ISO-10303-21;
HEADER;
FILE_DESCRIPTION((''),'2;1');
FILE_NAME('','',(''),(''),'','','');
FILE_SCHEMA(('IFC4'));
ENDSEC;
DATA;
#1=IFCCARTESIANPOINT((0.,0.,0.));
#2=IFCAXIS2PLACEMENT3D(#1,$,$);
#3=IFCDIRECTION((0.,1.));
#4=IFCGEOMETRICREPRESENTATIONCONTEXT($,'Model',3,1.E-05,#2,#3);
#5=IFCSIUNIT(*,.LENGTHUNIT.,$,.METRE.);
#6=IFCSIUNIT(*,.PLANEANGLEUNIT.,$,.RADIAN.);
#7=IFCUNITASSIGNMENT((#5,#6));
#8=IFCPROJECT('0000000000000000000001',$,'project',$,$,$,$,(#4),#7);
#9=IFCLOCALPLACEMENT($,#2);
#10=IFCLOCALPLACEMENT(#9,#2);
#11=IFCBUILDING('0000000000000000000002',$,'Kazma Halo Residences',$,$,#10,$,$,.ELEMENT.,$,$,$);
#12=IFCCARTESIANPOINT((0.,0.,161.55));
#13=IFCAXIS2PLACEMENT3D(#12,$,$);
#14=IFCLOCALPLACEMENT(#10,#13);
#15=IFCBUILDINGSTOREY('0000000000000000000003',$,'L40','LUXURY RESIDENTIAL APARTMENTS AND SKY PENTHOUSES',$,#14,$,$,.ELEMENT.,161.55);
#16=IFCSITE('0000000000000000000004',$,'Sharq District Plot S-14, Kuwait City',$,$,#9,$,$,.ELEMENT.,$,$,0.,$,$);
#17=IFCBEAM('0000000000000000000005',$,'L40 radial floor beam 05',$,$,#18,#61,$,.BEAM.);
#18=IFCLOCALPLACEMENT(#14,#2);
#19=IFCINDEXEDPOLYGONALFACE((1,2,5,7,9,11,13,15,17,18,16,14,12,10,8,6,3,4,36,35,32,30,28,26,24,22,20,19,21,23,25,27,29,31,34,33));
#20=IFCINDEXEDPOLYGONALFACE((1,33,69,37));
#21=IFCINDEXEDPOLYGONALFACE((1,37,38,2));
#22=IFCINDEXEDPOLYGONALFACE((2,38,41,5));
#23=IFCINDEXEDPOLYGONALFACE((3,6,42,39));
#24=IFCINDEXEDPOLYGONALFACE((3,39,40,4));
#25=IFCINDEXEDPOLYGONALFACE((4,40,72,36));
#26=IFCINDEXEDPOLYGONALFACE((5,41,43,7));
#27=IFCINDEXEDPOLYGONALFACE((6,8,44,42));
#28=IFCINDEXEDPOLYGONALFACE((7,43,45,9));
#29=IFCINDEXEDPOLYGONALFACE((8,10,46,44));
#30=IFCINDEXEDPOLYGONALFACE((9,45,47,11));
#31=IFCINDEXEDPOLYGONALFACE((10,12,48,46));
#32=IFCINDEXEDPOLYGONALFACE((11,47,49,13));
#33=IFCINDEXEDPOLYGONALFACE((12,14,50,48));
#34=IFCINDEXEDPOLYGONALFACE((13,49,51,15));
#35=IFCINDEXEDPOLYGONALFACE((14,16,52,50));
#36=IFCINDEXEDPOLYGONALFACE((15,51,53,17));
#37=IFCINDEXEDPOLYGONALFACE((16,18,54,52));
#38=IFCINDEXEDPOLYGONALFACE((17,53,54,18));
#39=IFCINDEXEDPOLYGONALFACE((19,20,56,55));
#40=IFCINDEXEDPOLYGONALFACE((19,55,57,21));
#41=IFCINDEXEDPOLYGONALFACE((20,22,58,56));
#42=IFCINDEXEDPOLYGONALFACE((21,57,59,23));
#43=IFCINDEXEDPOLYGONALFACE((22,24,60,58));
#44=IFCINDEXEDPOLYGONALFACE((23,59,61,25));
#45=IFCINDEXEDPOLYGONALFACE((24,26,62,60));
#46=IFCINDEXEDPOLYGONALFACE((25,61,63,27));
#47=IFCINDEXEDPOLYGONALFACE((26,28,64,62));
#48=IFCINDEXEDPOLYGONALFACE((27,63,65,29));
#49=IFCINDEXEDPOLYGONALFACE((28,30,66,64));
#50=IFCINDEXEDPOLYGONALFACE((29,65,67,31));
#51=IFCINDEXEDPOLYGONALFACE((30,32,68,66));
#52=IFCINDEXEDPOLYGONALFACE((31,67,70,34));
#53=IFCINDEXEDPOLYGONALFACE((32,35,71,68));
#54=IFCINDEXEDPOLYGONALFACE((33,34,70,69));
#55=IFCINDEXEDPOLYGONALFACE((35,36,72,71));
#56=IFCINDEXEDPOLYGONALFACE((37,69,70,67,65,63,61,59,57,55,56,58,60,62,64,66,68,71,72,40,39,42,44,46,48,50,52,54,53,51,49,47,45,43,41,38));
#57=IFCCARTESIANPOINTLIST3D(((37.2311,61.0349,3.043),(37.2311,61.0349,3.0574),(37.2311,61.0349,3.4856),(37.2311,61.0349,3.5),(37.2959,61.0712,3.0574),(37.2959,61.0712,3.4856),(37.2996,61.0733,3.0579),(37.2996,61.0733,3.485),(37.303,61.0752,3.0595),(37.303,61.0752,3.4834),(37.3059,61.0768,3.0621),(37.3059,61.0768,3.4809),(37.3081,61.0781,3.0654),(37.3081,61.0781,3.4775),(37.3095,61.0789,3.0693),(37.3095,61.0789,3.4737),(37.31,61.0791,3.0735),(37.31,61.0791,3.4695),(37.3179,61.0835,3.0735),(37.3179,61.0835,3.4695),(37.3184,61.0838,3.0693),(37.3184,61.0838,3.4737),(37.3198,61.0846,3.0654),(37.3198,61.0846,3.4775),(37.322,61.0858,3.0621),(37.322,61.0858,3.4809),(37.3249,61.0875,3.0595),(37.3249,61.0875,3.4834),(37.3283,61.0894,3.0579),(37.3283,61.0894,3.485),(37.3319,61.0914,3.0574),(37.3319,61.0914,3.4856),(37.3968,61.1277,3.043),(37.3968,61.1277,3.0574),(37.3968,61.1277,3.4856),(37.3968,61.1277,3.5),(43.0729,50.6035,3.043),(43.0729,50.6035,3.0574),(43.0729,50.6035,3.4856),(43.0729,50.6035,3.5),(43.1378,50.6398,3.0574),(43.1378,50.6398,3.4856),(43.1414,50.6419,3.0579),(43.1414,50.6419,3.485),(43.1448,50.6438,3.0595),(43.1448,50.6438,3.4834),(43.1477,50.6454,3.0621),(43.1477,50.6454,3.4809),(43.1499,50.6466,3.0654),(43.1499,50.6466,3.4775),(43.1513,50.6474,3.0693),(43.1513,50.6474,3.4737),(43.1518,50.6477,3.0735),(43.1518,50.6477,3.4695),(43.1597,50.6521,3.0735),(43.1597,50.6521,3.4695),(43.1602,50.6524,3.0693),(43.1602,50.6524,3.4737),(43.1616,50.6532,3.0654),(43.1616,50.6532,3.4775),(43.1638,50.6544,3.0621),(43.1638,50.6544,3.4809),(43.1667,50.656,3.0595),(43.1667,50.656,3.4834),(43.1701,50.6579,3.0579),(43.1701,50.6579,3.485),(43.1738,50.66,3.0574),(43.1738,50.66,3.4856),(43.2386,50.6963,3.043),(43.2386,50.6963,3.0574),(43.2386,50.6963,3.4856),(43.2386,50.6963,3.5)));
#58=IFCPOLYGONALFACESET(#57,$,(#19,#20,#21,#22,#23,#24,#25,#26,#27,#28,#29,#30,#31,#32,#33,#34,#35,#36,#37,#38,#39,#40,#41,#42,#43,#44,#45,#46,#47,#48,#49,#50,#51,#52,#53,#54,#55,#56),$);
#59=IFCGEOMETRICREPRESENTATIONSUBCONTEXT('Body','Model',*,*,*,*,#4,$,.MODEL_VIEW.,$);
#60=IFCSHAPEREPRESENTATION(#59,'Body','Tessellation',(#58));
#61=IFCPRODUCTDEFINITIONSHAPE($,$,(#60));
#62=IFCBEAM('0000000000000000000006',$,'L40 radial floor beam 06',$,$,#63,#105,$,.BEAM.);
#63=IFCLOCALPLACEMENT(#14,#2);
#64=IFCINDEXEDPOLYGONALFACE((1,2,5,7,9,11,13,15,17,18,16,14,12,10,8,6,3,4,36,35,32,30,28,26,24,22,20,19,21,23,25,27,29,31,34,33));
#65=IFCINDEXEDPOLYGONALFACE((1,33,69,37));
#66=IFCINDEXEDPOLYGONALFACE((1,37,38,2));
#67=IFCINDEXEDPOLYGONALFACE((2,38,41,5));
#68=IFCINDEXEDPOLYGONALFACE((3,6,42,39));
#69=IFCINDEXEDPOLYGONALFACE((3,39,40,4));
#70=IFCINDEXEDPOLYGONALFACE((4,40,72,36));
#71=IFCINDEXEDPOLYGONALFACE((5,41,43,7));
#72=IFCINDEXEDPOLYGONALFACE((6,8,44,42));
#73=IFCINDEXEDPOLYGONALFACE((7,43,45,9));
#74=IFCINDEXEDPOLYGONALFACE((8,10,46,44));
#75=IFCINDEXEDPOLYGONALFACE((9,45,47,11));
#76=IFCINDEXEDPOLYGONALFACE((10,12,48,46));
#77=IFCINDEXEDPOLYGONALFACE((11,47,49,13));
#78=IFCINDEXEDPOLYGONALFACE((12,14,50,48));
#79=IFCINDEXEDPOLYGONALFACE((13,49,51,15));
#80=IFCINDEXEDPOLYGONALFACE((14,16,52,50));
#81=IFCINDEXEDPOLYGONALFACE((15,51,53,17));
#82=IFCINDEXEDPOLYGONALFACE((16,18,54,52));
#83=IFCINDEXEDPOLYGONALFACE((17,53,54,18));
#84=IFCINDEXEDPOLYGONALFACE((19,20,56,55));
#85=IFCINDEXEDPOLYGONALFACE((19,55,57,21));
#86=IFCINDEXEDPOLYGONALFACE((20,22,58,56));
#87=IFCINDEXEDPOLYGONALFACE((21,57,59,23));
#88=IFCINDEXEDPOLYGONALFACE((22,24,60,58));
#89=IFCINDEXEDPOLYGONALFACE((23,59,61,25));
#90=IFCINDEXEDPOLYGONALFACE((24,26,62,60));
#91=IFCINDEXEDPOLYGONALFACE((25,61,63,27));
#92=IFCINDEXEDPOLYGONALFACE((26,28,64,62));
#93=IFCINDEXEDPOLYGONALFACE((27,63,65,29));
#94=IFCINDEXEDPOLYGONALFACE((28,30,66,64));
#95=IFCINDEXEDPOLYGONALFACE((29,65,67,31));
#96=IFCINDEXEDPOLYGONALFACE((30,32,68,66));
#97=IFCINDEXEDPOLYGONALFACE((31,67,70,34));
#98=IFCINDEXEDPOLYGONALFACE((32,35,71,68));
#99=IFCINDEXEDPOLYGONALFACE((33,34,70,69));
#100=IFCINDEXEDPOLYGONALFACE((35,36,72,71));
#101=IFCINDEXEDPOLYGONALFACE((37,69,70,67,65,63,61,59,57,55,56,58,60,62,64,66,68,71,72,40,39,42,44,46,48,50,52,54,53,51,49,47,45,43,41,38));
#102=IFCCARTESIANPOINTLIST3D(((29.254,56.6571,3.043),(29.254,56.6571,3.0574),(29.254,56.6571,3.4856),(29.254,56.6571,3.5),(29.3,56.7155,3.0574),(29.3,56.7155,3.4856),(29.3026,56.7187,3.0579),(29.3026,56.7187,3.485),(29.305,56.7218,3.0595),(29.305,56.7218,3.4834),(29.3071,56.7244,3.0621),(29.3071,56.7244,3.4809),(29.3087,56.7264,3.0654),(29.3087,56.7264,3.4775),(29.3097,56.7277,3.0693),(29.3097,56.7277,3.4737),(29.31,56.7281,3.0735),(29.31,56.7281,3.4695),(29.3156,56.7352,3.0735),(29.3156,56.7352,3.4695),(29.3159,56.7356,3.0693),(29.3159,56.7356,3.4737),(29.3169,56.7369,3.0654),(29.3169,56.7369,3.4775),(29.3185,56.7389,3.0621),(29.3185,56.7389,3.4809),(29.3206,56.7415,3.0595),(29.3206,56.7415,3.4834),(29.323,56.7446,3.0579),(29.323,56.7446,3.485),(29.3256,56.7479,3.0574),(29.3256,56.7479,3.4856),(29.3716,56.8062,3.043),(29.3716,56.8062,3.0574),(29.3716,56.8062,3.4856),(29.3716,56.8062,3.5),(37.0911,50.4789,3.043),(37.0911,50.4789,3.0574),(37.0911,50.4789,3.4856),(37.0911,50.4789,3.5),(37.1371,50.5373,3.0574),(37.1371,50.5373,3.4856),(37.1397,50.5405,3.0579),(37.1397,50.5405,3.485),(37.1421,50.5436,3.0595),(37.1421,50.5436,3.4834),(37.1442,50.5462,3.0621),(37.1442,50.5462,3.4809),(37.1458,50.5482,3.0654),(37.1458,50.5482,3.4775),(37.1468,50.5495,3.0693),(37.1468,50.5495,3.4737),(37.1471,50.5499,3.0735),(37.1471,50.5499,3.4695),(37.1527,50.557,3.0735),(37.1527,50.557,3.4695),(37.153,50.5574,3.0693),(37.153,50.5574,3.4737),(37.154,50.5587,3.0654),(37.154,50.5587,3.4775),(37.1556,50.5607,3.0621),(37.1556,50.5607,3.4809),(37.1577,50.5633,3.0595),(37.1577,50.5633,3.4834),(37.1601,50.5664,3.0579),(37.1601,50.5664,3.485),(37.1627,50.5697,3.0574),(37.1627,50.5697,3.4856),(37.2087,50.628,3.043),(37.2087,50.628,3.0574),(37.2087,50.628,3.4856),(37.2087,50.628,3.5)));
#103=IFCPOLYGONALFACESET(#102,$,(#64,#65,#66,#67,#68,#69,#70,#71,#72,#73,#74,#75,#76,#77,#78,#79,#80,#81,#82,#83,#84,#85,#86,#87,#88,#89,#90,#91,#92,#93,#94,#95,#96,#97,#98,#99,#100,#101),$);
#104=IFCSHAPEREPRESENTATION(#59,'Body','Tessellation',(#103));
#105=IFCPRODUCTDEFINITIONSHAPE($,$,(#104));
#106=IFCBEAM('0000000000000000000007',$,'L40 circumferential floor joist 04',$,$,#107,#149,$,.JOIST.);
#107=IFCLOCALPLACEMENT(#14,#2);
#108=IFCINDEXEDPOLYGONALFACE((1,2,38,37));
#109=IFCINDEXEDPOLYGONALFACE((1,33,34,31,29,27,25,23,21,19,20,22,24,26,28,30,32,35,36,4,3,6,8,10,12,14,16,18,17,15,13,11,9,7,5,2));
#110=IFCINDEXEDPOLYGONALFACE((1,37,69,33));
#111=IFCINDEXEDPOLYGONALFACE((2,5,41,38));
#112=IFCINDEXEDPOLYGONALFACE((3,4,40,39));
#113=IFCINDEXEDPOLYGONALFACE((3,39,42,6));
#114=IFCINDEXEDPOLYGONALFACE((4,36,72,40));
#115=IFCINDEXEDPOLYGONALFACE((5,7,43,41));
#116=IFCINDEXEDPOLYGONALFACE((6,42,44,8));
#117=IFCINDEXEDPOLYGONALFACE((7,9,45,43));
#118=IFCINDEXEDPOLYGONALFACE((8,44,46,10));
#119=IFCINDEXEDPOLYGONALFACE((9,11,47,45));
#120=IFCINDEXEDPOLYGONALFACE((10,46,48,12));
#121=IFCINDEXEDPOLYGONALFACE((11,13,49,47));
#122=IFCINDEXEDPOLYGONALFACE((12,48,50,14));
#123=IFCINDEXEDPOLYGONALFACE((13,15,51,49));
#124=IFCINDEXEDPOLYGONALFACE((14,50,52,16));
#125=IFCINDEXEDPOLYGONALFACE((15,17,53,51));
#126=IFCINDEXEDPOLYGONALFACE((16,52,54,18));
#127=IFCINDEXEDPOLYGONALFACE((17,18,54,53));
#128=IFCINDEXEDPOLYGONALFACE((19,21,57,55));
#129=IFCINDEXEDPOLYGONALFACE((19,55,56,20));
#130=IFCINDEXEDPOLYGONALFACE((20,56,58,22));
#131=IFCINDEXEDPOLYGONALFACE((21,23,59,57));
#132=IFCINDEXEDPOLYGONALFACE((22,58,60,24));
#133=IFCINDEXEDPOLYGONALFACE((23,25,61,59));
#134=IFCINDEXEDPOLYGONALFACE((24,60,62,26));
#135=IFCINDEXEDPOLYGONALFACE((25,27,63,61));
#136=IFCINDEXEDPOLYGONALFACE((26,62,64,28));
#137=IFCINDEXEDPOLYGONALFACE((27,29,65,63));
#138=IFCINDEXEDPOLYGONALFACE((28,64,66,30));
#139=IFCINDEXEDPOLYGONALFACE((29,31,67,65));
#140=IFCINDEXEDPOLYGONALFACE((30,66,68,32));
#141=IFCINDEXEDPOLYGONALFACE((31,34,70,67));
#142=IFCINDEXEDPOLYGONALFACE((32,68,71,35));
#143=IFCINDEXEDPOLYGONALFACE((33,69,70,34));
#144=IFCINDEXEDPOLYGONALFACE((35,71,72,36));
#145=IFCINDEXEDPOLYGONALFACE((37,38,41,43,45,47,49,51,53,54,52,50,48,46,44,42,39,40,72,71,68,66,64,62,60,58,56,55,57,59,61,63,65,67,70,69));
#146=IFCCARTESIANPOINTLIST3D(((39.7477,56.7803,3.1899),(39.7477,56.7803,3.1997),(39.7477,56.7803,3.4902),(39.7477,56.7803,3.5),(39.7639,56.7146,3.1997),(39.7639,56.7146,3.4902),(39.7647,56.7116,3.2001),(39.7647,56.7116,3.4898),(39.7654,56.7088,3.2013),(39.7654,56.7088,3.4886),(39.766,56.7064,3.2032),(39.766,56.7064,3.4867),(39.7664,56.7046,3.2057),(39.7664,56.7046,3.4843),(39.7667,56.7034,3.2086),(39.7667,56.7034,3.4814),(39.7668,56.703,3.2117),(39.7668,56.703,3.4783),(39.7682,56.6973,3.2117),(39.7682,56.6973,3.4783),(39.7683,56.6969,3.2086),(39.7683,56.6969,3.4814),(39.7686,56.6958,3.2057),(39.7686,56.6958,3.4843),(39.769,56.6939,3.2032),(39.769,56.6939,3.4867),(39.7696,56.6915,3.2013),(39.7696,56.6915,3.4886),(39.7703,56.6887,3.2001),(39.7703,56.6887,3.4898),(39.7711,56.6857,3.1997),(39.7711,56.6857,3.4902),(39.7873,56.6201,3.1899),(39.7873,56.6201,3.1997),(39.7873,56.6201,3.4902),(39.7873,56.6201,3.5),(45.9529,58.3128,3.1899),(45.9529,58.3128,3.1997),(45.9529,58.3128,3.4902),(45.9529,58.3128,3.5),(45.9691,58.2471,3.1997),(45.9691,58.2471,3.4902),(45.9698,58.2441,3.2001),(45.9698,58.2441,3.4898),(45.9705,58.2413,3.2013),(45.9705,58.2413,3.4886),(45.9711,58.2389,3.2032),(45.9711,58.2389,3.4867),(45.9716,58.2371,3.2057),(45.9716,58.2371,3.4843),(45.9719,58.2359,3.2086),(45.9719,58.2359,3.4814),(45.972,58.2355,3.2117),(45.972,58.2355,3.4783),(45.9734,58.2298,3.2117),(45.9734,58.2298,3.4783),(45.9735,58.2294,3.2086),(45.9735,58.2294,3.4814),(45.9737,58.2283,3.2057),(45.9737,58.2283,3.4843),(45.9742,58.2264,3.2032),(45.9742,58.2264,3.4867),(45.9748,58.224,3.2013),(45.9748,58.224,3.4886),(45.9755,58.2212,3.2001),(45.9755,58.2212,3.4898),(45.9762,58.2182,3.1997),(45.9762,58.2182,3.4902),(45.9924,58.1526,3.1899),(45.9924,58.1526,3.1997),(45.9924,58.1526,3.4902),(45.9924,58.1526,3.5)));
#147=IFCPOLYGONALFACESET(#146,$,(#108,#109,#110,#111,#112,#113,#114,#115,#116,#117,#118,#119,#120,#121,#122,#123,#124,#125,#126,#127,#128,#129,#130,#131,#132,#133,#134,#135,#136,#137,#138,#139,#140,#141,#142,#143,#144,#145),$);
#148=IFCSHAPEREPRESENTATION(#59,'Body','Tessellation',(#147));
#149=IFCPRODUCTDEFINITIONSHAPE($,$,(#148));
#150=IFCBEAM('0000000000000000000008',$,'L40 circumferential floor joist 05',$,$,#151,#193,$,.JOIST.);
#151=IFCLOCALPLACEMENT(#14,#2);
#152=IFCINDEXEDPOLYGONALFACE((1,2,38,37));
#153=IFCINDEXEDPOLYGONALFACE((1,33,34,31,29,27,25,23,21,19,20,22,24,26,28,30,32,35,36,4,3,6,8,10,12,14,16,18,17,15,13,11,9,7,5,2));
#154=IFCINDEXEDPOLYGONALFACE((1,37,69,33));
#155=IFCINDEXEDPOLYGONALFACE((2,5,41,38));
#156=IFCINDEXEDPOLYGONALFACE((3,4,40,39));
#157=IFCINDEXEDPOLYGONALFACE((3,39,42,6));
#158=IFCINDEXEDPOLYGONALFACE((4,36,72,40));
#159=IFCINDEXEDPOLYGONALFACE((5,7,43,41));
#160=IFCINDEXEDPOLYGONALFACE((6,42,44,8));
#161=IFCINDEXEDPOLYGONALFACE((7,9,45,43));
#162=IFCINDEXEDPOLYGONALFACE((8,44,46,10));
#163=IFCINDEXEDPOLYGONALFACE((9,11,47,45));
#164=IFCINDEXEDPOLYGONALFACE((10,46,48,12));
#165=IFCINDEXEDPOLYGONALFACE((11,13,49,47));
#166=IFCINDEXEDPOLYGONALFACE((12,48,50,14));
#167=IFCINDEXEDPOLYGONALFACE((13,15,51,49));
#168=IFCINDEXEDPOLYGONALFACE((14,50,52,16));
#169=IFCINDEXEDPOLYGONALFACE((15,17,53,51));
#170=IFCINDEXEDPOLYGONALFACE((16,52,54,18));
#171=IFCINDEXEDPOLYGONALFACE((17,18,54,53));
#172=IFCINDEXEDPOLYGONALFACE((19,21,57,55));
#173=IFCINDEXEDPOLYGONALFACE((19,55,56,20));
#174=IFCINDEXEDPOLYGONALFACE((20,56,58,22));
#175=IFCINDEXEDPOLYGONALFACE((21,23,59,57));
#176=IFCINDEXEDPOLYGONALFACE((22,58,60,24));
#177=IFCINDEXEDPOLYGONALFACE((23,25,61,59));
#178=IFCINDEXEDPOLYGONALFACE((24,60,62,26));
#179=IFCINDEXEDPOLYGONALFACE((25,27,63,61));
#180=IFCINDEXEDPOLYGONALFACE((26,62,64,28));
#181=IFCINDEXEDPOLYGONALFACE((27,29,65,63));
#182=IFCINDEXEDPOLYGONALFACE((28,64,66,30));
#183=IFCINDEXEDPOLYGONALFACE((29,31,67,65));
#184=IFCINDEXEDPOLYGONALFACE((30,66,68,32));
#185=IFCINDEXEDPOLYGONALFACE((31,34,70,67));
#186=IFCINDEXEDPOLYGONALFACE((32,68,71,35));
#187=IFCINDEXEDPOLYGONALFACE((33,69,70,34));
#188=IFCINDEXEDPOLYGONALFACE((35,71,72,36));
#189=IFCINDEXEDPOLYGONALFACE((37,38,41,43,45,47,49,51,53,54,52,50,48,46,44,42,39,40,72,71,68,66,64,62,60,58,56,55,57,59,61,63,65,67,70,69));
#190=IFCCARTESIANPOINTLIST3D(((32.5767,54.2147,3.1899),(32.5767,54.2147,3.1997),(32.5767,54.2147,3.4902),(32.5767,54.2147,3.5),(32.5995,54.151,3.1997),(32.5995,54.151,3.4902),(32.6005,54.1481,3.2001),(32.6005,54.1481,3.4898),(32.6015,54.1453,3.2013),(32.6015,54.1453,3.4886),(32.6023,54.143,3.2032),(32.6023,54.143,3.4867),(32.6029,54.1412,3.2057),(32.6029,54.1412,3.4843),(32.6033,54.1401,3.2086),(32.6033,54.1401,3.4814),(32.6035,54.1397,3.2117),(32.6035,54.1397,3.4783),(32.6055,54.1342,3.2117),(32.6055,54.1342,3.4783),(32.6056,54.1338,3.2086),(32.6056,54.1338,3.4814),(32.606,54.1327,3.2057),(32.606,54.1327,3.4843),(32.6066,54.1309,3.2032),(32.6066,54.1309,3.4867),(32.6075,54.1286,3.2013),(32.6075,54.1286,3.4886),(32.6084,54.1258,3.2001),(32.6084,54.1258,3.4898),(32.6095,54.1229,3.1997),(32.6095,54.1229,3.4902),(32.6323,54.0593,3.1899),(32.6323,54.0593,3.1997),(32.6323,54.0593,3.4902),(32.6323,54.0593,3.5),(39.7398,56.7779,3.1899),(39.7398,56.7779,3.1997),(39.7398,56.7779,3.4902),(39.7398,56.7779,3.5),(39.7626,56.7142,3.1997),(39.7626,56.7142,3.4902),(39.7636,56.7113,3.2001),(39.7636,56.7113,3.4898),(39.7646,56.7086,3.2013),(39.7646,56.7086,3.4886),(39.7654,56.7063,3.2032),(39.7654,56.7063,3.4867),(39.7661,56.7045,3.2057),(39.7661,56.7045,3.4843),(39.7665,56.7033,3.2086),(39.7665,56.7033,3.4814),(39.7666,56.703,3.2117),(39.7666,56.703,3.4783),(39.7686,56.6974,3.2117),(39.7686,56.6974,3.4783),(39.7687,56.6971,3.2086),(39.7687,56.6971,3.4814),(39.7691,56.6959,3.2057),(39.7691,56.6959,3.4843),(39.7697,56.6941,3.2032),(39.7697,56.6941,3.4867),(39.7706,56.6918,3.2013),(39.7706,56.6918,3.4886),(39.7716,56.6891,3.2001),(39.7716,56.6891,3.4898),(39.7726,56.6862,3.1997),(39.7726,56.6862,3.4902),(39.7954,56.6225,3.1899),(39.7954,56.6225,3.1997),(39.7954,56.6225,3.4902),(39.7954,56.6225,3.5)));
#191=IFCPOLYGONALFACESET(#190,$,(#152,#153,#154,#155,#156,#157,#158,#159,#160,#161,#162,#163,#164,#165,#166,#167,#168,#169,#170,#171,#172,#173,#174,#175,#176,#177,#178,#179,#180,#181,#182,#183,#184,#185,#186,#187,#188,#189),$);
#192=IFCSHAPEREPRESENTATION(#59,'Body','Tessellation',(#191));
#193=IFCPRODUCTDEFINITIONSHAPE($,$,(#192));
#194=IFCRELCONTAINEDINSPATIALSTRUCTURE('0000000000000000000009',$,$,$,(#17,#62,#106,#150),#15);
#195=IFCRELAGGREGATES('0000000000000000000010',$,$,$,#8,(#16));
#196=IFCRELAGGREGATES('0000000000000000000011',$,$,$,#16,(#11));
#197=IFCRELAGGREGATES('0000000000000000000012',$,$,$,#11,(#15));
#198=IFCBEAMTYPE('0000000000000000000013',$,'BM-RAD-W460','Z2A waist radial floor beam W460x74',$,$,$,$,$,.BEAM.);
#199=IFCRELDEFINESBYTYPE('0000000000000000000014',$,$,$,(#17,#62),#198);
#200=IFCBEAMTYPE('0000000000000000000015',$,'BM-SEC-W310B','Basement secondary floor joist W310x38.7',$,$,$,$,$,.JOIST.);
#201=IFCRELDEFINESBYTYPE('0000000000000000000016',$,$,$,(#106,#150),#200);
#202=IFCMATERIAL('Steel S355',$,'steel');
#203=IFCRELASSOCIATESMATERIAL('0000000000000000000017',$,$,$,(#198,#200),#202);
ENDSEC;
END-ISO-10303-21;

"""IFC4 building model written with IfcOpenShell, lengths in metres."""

from ifc_helpers import new_model, si_unit, direction, frame, origin, origin_2d, place, context, subcontext, project, spatial, i_section, extrude, material, material_profile, profile_set, type_object, element, save


model = new_model("IFC4")

# Units and contexts
model_context = context("Model", 3, precision=1e-05, world=origin(), true_north=direction((0.0, 1.0)))
body_context = subcontext(model_context, "Body", "Model", "MODEL_VIEW")
ifc_project = project(units=[si_unit("LENGTHUNIT", "METRE"), si_unit("PLANEANGLEUNIT", "RADIAN")], contexts=[model_context])

# Site, building, storey
site_placement = place(None, origin())
site = spatial("IfcSite", under=ifc_project, at=site_placement, Name="Sharq District Plot S-14, Kuwait City", CompositionType="ELEMENT", RefElevation=0.0)
building_placement = place(site_placement, origin())
building = spatial("IfcBuilding", under=site, at=building_placement, Name="Kazma Halo Residences", CompositionType="ELEMENT")
storey_placement = place(building_placement, frame((0.0, 0.0, 161.55)))
storey = spatial("IfcBuildingStorey", under=building, at=storey_placement, Name="L40", Description="LUXURY RESIDENTIAL APARTMENTS AND SKY PENTHOUSES", CompositionType="ELEMENT", Elevation=161.55)

# Beams
ifc_material_1 = material(Name="Steel S355", Category="steel")
ifc_material_profile_1 = material_profile(ifc_material_1, i_section(OverallWidth=0.1899, OverallDepth=0.457, WebThickness=0.009, FlangeThickness=0.0144, FilletRadius=0.0161, at=origin_2d()), Name="W460x74")
ifc_profile_set_1 = profile_set([ifc_material_profile_1], Name="Steel S355")
beam_type_1 = type_object("IfcBeamType", Name="BM-RAD-W460", Description="Z2A waist radial floor beam W460x74", PredefinedType="BEAM", material=ifc_profile_set_1)
beam_1_placement = place(storey_placement, frame((43.1558, 50.6499, 3.2715), z_axis=(-0.488617, 0.872498, 0.0), x_axis=(-0.872498, -0.488617, 0.0)))
element("IfcBeam", 1, at=beam_1_placement, inside=storey, type_object=beam_type_1, Name="L40 radial floor beam 05", PredefinedType="BEAM", context=body_context, shape_type="SweptSolid", body=[
    extrude(i_section(OverallWidth=0.1899, OverallDepth=0.457, WebThickness=0.009, FlangeThickness=0.0144, FilletRadius=0.0161, at=origin_2d()), origin(), (0.0, 0.0, 1.0), 11.9558),
])
beam_2_placement = place(storey_placement, frame((37.1499, 50.5535, 3.2715), z_axis=(-0.785322, 0.619088, 0.0), x_axis=(-0.619088, -0.785322, 0.0)))
element("IfcBeam", 2, at=beam_2_placement, inside=storey, type_object=beam_type_1, Name="L40 radial floor beam 06", PredefinedType="BEAM", context=body_context, shape_type="SweptSolid", body=[
    extrude(i_section(OverallWidth=0.1899, OverallDepth=0.457, WebThickness=0.009, FlangeThickness=0.0144, FilletRadius=0.0161, at=origin_2d()), origin(), (0.0, 0.0, 1.0), 9.9795),
])
ifc_material_profile_2 = material_profile(ifc_material_1, i_section(OverallWidth=0.165, OverallDepth=0.3101, WebThickness=0.0059, FlangeThickness=0.0098, FilletRadius=0.012, at=origin_2d()), Name="W310x38.7")
ifc_profile_set_2 = profile_set([ifc_material_profile_2], Name="Steel S355")
beam_type_2 = type_object("IfcBeamType", Name="BM-SEC-W310B", Description="Basement secondary floor joist W310x38.7", PredefinedType="JOIST", material=ifc_profile_set_2)
beam_3_placement = place(storey_placement, frame((45.9727, 58.2327, 3.345), z_axis=(-0.970831, -0.239766, 0.0), x_axis=(0.239766, -0.970831, 0.0)))
element("IfcBeam", 3, at=beam_3_placement, inside=storey, type_object=beam_type_2, Name="L40 circumferential floor joist 04", PredefinedType="JOIST", context=body_context, shape_type="SweptSolid", body=[
    extrude(i_section(OverallWidth=0.165, OverallDepth=0.3101, WebThickness=0.0059, FlangeThickness=0.0098, FilletRadius=0.012, at=origin_2d()), origin(), (0.0, 0.0, 1.0), 6.3916),
])
beam_4_placement = place(storey_placement, frame((39.7676, 56.7002, 3.345), z_axis=(-0.941534, -0.336918, 0.0), x_axis=(0.336918, -0.941534, 0.0)))
element("IfcBeam", 4, at=beam_4_placement, inside=storey, type_object=beam_type_2, Name="L40 circumferential floor joist 05", PredefinedType="JOIST", context=body_context, shape_type="SweptSolid", body=[
    extrude(i_section(OverallWidth=0.165, OverallDepth=0.3101, WebThickness=0.0059, FlangeThickness=0.0098, FilletRadius=0.012, at=origin_2d()), origin(), (0.0, 0.0, 1.0), 7.6079),
])

save(model, "model.ifc")
